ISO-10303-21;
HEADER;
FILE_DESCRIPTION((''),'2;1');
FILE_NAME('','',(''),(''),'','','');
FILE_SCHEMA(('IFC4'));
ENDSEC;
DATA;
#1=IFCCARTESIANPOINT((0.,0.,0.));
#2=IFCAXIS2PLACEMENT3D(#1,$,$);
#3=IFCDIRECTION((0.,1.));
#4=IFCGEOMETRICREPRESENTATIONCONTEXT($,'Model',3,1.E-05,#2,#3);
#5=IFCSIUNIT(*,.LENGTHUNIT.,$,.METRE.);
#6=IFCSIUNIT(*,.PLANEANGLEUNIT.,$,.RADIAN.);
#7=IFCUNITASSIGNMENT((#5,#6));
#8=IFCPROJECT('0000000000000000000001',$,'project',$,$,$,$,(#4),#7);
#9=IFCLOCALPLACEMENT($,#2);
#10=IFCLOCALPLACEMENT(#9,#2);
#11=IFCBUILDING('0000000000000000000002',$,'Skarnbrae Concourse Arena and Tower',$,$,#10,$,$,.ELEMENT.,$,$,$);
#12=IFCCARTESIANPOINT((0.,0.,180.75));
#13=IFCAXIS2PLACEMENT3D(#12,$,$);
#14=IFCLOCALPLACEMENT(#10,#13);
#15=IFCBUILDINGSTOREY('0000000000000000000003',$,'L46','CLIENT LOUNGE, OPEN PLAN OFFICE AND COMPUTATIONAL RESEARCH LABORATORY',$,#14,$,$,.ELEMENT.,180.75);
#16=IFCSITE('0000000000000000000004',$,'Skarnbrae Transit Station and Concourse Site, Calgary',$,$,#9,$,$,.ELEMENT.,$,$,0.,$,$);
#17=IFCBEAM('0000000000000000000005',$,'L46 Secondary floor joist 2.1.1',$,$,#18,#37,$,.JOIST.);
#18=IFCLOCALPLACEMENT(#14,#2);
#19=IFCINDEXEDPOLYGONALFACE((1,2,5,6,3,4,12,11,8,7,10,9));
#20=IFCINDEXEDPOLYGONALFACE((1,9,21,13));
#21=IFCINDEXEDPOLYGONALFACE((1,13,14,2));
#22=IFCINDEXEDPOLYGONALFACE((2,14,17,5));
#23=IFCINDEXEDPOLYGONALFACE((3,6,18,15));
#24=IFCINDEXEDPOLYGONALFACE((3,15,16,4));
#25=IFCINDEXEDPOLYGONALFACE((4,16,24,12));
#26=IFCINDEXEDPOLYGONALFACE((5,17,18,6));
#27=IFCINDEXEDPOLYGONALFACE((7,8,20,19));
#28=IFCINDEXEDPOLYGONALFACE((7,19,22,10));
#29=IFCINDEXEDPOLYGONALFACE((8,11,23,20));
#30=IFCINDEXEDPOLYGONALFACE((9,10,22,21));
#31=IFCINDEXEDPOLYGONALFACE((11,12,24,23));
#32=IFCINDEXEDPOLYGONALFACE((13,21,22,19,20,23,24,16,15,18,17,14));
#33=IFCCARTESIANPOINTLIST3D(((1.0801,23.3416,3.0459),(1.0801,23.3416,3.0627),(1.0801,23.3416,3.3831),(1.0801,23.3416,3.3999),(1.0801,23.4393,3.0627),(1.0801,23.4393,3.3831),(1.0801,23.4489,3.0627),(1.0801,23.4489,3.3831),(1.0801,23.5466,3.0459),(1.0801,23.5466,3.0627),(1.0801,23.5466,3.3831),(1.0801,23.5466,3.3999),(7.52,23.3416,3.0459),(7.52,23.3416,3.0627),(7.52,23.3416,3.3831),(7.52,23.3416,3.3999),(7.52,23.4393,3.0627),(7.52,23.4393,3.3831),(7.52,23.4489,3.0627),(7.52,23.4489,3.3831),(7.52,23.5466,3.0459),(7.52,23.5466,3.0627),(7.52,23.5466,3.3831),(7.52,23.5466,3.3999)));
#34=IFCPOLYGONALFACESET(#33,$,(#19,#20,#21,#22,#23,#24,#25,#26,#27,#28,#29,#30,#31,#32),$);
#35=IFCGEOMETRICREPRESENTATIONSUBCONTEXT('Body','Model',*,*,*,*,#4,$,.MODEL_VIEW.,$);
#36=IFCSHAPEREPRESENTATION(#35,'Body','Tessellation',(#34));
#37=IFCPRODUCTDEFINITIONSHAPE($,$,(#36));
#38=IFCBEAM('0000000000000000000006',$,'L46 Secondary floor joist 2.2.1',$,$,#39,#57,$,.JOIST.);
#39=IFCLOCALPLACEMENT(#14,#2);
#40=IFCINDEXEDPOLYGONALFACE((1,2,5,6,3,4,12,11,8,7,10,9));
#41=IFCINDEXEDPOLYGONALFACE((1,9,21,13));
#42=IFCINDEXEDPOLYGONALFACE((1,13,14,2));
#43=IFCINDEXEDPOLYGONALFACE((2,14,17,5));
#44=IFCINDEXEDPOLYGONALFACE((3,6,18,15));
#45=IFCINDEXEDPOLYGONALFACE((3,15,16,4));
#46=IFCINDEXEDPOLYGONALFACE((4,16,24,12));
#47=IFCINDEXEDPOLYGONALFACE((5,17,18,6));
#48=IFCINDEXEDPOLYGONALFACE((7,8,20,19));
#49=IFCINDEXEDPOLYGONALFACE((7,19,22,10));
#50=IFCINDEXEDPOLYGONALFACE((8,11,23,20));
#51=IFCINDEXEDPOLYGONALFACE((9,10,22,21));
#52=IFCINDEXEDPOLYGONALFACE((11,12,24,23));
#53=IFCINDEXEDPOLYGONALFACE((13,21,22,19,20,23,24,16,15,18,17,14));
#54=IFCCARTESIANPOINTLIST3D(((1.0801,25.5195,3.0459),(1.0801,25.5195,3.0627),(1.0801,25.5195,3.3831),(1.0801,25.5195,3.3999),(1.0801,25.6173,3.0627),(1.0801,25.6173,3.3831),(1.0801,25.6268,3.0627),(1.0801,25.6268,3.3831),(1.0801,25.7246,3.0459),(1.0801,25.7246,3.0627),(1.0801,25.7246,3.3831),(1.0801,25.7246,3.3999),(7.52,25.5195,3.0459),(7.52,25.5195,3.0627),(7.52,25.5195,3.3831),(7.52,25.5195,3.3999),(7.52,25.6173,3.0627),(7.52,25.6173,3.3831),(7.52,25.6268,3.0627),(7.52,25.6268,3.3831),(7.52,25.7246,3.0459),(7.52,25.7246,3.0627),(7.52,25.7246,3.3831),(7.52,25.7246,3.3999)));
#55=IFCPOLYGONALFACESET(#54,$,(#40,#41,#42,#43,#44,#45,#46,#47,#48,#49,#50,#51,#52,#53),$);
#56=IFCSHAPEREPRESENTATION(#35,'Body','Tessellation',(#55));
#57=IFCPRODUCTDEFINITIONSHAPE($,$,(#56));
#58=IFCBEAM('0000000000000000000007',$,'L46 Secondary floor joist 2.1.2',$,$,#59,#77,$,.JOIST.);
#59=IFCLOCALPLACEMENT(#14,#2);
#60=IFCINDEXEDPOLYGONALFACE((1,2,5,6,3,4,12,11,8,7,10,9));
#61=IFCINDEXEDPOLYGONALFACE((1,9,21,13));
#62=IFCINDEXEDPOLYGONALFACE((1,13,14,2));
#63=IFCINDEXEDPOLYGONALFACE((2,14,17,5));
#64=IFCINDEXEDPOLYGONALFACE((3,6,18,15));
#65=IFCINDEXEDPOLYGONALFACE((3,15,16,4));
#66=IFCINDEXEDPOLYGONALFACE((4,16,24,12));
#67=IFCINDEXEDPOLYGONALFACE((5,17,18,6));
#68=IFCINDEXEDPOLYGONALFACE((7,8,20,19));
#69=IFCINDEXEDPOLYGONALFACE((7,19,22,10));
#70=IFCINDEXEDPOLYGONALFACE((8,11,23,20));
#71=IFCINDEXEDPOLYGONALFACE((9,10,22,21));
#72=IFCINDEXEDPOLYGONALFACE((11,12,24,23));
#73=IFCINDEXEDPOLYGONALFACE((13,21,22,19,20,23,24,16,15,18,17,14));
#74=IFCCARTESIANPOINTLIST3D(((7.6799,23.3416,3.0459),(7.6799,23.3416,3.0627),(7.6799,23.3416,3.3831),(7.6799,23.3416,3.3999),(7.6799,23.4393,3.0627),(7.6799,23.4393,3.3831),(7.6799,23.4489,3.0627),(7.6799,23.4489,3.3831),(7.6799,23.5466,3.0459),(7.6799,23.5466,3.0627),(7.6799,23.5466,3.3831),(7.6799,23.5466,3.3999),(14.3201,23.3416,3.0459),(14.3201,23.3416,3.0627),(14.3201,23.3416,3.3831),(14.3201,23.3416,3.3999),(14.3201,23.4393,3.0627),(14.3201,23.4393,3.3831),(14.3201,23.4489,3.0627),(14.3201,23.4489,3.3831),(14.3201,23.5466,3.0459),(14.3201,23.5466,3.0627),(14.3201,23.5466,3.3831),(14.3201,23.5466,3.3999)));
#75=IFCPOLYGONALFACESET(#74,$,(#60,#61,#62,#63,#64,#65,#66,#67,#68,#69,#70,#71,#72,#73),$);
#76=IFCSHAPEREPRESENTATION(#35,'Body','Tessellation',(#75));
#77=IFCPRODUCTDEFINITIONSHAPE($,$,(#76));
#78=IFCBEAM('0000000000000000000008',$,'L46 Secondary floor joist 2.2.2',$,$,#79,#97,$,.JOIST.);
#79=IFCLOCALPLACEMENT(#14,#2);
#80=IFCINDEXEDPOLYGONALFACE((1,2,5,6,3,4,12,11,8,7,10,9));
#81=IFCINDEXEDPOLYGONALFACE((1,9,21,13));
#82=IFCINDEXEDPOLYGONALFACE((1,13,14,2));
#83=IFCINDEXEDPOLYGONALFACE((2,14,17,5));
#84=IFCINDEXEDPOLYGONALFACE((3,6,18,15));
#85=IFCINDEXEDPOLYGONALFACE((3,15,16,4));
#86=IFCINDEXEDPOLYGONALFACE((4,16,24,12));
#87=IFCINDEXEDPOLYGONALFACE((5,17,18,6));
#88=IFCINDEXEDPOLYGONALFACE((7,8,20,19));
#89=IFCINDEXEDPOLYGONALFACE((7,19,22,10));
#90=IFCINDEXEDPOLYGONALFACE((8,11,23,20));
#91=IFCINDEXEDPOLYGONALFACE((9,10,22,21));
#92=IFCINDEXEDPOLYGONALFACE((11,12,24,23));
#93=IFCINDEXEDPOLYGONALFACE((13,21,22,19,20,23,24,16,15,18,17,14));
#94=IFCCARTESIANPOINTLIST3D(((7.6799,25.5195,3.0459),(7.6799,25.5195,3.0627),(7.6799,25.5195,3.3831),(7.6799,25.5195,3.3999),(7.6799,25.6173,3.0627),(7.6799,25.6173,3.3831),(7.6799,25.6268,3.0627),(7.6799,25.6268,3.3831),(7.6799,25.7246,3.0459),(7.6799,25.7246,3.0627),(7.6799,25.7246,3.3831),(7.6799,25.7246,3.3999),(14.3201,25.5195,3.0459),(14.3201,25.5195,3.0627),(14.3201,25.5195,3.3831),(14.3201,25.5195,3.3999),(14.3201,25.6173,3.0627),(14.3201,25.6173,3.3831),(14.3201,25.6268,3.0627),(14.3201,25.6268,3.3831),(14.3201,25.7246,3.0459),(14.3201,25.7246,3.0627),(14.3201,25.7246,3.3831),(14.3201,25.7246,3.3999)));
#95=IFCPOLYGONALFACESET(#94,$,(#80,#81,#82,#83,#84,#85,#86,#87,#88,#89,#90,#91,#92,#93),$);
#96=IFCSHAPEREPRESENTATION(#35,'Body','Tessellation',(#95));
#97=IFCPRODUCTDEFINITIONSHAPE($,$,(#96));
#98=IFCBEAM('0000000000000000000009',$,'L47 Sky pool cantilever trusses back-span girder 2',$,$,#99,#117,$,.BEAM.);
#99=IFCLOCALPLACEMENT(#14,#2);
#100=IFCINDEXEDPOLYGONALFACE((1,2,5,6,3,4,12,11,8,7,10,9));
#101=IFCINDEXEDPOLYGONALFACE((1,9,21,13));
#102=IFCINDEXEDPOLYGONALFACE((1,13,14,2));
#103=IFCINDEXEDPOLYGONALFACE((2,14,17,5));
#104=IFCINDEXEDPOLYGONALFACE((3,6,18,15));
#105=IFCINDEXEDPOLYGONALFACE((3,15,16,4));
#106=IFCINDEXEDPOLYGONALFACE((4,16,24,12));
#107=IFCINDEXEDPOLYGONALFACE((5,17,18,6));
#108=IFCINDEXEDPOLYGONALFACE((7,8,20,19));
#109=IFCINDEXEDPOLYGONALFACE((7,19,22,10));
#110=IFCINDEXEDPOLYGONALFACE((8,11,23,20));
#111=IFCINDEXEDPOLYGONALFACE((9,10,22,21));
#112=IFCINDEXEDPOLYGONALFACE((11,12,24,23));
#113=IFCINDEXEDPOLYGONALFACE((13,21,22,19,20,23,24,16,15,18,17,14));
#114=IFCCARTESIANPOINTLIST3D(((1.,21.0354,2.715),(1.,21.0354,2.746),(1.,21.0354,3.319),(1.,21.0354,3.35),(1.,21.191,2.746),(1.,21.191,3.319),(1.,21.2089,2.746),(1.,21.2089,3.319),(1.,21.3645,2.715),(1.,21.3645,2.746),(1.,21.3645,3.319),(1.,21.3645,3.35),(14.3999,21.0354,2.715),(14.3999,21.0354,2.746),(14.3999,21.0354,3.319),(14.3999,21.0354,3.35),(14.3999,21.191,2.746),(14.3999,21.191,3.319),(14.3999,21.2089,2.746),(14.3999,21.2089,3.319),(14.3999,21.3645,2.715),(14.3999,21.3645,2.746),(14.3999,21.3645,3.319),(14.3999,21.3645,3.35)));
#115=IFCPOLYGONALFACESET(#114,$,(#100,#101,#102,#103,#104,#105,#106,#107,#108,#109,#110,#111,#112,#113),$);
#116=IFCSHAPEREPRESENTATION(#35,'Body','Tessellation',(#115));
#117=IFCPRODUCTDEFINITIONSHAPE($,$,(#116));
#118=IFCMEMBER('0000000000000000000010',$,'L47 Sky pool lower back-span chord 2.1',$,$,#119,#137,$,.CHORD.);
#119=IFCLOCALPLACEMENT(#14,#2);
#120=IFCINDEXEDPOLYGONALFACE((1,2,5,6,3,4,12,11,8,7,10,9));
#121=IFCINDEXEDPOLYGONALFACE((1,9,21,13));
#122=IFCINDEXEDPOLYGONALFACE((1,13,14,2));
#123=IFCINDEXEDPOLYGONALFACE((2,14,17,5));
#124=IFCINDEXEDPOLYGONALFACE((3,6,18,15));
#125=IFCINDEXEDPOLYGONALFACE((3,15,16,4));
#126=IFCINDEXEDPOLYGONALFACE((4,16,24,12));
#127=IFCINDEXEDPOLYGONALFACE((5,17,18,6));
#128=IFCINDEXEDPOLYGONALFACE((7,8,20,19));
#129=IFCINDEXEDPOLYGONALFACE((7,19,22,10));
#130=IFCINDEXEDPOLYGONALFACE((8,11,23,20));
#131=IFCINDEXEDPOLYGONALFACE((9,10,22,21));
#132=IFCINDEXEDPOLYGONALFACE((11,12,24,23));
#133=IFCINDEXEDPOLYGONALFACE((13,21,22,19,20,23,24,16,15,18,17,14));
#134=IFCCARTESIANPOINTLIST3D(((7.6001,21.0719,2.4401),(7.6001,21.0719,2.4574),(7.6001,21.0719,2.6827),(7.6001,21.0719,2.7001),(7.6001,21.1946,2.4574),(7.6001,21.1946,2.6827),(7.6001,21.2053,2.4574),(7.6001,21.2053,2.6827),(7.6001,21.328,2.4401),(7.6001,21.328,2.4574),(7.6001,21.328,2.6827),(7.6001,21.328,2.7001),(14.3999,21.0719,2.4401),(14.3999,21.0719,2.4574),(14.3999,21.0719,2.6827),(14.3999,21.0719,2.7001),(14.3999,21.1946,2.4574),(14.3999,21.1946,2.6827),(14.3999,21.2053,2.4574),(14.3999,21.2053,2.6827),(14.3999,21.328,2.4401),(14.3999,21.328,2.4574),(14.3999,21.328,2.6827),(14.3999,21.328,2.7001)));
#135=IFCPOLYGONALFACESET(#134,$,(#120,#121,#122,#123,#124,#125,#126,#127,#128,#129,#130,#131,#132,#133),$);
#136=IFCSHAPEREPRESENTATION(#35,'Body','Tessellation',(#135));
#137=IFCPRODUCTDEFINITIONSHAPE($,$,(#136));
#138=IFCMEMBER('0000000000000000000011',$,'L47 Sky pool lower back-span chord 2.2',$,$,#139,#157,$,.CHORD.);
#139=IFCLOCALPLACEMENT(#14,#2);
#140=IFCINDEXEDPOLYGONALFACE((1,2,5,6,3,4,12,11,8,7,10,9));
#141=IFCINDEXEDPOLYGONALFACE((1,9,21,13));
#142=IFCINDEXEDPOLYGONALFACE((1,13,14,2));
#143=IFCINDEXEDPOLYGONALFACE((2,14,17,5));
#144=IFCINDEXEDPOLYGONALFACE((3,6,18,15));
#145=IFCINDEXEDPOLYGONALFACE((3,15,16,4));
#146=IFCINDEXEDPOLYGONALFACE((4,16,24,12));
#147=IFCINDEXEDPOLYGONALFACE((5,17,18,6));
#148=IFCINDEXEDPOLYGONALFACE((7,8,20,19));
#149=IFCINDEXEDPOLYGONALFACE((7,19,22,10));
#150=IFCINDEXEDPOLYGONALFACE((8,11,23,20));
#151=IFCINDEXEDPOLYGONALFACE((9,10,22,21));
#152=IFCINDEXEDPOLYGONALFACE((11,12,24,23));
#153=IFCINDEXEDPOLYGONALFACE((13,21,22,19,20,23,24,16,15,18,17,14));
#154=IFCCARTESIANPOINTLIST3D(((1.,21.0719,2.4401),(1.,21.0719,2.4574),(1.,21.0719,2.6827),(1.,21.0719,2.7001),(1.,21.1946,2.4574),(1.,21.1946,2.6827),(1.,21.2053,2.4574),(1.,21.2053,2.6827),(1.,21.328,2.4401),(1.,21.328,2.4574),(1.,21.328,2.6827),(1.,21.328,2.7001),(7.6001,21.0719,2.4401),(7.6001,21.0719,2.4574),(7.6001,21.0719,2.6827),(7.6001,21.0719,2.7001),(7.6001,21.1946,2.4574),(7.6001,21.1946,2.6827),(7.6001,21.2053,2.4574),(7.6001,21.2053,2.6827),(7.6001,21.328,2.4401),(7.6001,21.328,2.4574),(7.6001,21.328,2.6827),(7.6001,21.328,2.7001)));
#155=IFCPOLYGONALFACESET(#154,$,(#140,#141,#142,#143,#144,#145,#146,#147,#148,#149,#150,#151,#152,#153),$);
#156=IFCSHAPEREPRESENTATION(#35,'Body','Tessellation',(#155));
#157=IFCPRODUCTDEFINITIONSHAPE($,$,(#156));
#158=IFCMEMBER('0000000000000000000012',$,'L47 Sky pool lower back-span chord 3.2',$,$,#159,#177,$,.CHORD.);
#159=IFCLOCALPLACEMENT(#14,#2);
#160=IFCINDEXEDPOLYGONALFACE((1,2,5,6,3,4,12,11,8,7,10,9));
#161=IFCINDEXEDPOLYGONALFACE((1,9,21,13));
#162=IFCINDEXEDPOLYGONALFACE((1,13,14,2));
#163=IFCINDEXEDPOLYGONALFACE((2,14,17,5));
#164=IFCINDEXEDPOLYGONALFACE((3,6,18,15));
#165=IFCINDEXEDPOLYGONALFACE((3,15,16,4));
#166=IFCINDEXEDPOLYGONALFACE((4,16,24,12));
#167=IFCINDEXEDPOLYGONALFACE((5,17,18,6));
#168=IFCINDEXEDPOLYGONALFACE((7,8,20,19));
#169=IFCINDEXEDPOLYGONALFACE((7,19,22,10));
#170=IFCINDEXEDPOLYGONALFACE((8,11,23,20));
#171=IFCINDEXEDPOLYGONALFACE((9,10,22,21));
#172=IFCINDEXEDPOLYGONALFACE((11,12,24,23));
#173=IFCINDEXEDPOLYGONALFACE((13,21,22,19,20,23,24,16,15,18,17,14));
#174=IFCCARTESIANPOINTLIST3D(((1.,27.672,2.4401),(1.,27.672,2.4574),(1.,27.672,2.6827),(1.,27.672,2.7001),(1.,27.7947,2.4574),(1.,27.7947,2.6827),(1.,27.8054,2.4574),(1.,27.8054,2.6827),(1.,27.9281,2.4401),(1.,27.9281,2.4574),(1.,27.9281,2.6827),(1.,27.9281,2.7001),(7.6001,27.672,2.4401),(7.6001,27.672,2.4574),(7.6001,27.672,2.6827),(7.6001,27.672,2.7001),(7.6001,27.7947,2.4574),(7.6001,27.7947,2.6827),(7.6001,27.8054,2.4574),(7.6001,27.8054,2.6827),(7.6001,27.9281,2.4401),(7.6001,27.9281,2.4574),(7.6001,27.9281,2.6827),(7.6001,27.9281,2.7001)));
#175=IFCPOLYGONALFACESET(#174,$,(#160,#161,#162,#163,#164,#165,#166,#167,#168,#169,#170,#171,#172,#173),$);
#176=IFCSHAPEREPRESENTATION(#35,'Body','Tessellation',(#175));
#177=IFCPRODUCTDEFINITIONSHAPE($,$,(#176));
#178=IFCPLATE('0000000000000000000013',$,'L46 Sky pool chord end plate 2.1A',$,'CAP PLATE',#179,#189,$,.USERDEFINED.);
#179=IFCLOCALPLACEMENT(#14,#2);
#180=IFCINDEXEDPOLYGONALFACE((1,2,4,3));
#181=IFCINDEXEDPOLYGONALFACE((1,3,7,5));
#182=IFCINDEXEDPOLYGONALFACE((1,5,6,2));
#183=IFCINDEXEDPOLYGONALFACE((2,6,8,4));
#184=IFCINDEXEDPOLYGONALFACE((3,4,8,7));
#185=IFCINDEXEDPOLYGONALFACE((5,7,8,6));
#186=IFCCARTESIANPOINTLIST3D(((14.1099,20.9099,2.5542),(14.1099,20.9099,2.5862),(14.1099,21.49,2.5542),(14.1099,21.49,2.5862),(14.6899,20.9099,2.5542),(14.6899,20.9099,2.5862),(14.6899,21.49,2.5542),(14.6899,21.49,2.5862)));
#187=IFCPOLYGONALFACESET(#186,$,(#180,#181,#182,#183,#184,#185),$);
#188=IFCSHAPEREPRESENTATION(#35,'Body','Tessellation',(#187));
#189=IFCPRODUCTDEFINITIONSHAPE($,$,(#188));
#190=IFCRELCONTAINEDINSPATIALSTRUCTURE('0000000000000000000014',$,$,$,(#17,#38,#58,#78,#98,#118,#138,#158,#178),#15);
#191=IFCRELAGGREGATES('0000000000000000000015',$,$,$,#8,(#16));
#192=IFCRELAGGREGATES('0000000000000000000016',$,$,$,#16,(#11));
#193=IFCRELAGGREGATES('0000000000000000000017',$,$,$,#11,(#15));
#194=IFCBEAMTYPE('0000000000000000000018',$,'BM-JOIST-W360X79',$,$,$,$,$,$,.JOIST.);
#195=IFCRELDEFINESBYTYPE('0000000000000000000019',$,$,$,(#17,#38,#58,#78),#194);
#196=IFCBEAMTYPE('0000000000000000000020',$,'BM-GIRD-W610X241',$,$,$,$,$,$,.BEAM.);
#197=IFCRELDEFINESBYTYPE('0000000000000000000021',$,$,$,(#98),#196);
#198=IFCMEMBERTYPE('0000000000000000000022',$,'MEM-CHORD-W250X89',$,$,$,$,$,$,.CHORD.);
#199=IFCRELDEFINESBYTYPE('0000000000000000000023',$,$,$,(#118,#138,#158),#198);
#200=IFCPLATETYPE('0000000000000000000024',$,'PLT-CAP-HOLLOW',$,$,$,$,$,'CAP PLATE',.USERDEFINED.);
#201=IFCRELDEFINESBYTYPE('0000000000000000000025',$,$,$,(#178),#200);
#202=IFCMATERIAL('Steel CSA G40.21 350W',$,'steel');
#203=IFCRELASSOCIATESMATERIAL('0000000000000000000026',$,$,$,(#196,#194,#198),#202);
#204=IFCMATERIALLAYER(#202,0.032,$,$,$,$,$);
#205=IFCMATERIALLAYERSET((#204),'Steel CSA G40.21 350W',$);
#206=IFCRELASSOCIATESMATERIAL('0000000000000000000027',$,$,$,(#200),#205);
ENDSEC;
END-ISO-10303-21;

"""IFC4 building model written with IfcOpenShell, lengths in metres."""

from ifc_helpers import new_model, si_unit, direction, frame, origin, origin_2d, place, context, subcontext, project, spatial, rectangle, i_section, extrude, source, transform, mapped, material, layer, layer_set, material_profile, profile_set, type_object, element, save


model = new_model("IFC4")

# Units and contexts
model_context = context("Model", 3, precision=1e-05, world=origin(), true_north=direction((0.0, 1.0)))
body_context = subcontext(model_context, "Body", "Model", "MODEL_VIEW")
ifc_project = project(units=[si_unit("LENGTHUNIT", "METRE"), si_unit("PLANEANGLEUNIT", "RADIAN")], contexts=[model_context])

# Site, building, storey
site_placement = place(None, origin())
site = spatial("IfcSite", under=ifc_project, at=site_placement, Name="Skarnbrae Transit Station and Concourse Site, Calgary", CompositionType="ELEMENT", RefElevation=0.0)
building_placement = place(site_placement, origin())
building = spatial("IfcBuilding", under=site, at=building_placement, Name="Skarnbrae Concourse Arena and Tower", CompositionType="ELEMENT")
storey_placement = place(building_placement, frame((0.0, 0.0, 180.75)))
storey = spatial("IfcBuildingStorey", under=building, at=storey_placement, Name="L46", Description="CLIENT LOUNGE, OPEN PLAN OFFICE AND COMPUTATIONAL RESEARCH LABORATORY", CompositionType="ELEMENT", Elevation=180.75)

# Shared definitions
ifc_material_1 = material(Name="Steel CSA G40.21 350W", Category="steel")

# Beams
ifc_material_profile_1 = material_profile(ifc_material_1, i_section(OverallWidth=0.3291, OverallDepth=0.635, WebThickness=0.0178, FlangeThickness=0.031, at=origin_2d()), Name="W610X241")
ifc_profile_set_1 = profile_set([ifc_material_profile_1], Name="Steel CSA G40.21 350W")
beam_type_1 = type_object("IfcBeamType", Name="BM-GIRD-W610X241", PredefinedType="BEAM", material=ifc_profile_set_1)
ifc_material_profile_2 = material_profile(ifc_material_1, i_section(OverallWidth=0.2051, OverallDepth=0.354, WebThickness=0.0095, FlangeThickness=0.0168, at=origin_2d()), Name="W360X79")
ifc_profile_set_2 = profile_set([ifc_material_profile_2], Name="Steel CSA G40.21 350W")
beam_type_2 = type_object("IfcBeamType", Name="BM-JOIST-W360X79", PredefinedType="JOIST", material=ifc_profile_set_2)
shared_shape_1 = source(origin(), body_context, "Body", "SweptSolid", [
    extrude(i_section(OverallWidth=0.2051, OverallDepth=0.354, WebThickness=0.0095, FlangeThickness=0.0168, at=origin_2d()), origin(), (0.0, 0.0, 1.0), 6.4399),
])
for number, where, z_axis, x_axis, name in (
    (1, (1.0801, 23.4441, 3.2229), (1.0, 0.0, 0.0), (0.0, 1.0, 0.0), "L46 Secondary floor joist 2.1.1"),
    (2, (1.0801, 25.6221, 3.2229), (1.0, 0.0, 0.0), (0.0, 1.0, 0.0), "L46 Secondary floor joist 2.2.1"),
):
    element("IfcBeam", number, at=place(storey_placement, frame(where, z_axis=z_axis, x_axis=x_axis)), inside=storey, type_object=beam_type_2, Name=name, PredefinedType="JOIST", context=body_context, shape_type="MappedRepresentation", body=[
        mapped(shared_shape_1, transform((0.0, 0.0, 0.0))),
    ])
shared_shape_2 = source(origin(), body_context, "Body", "SweptSolid", [
    extrude(i_section(OverallWidth=0.2051, OverallDepth=0.354, WebThickness=0.0095, FlangeThickness=0.0168, at=origin_2d()), origin(), (0.0, 0.0, 1.0), 6.6401),
])
for number, where, z_axis, x_axis, name in (
    (3, (7.6799, 23.4441, 3.2229), (1.0, 0.0, 0.0), (0.0, 1.0, 0.0), "L46 Secondary floor joist 2.1.2"),
    (4, (7.6799, 25.6221, 3.2229), (1.0, 0.0, 0.0), (0.0, 1.0, 0.0), "L46 Secondary floor joist 2.2.2"),
):
    element("IfcBeam", number, at=place(storey_placement, frame(where, z_axis=z_axis, x_axis=x_axis)), inside=storey, type_object=beam_type_2, Name=name, PredefinedType="JOIST", context=body_context, shape_type="MappedRepresentation", body=[
        mapped(shared_shape_2, transform((0.0, 0.0, 0.0))),
    ])
shared_shape_3 = source(origin(), body_context, "Body", "SweptSolid", [
    extrude(i_section(OverallWidth=0.3291, OverallDepth=0.635, WebThickness=0.0178, FlangeThickness=0.031, at=origin_2d()), origin(), (0.0, 0.0, 1.0), 13.3999),
])
beam_1_placement = place(storey_placement, frame((14.3999, 21.2, 3.0325), z_axis=(-1.0, 0.0, 0.0), x_axis=(0.0, -1.0, 0.0)))
element("IfcBeam", 5, at=beam_1_placement, inside=storey, type_object=beam_type_1, Name="L47 Sky pool cantilever trusses back-span girder 2", PredefinedType="BEAM", context=body_context, shape_type="MappedRepresentation", body=[
    mapped(shared_shape_3, transform((0.0, 0.0, 0.0))),
])

# Members
ifc_material_profile_3 = material_profile(ifc_material_1, i_section(OverallWidth=0.2561, OverallDepth=0.26, WebThickness=0.0107, FlangeThickness=0.0173, at=origin_2d()), Name="W250X89")
ifc_profile_set_3 = profile_set([ifc_material_profile_3], Name="Steel CSA G40.21 350W")
member_type = type_object("IfcMemberType", Name="MEM-CHORD-W250X89", PredefinedType="CHORD", material=ifc_profile_set_3)
shared_shape_4 = source(origin(), body_context, "Body", "SweptSolid", [
    extrude(i_section(OverallWidth=0.2561, OverallDepth=0.26, WebThickness=0.0107, FlangeThickness=0.0173, at=origin_2d()), origin(), (0.0, 0.0, 1.0), 6.7998),
])
member_placement = place(storey_placement, frame((14.3999, 21.2, 2.5701), z_axis=(-1.0, 0.0, 0.0), x_axis=(0.0, -1.0, 0.0)))
element("IfcMember", 6, at=member_placement, inside=storey, type_object=member_type, Name="L47 Sky pool lower back-span chord 2.1", PredefinedType="CHORD", context=body_context, shape_type="MappedRepresentation", body=[
    mapped(shared_shape_4, transform((0.0, 0.0, 0.0))),
])
shared_shape_5 = source(origin(), body_context, "Body", "SweptSolid", [
    extrude(i_section(OverallWidth=0.2561, OverallDepth=0.26, WebThickness=0.0107, FlangeThickness=0.0173, at=origin_2d()), origin(), (0.0, 0.0, 1.0), 6.6001),
])
for number, where, z_axis, x_axis, name in (
    (7, (7.6001, 21.2, 2.5701), (-1.0, 0.0, 0.0), (0.0, -1.0, 0.0), "L47 Sky pool lower back-span chord 2.2"),
    (8, (7.6001, 27.8, 2.5701), (-1.0, 0.0, 0.0), (0.0, -1.0, 0.0), "L47 Sky pool lower back-span chord 3.2"),
):
    element("IfcMember", number, at=place(storey_placement, frame(where, z_axis=z_axis, x_axis=x_axis)), inside=storey, type_object=member_type, Name=name, PredefinedType="CHORD", context=body_context, shape_type="MappedRepresentation", body=[
        mapped(shared_shape_5, transform((0.0, 0.0, 0.0))),
    ])

# Plate
ifc_layer_1 = layer(ifc_material_1, 0.032)
ifc_layer_set_1 = layer_set([ifc_layer_1], Name="Steel CSA G40.21 350W")
plate_type = type_object("IfcPlateType", Name="PLT-CAP-HOLLOW", ElementType="CAP PLATE", PredefinedType="USERDEFINED", material=ifc_layer_set_1)
shared_shape_6 = source(origin(), body_context, "Body", "SweptSolid", [
    extrude(rectangle(XDim=0.5801, YDim=0.5801, at=origin_2d()), origin(), (0.0, 0.0, 1.0), 0.032),
])
for number, where, z_axis, x_axis, name in (
    (9, (14.3999, 21.2, 2.5542), (0.0, 0.0, 1.0), (1.0, 0.0, 0.0), "L46 Sky pool chord end plate 2.1A"),
):
    element("IfcPlate", number, at=place(storey_placement, frame(where, z_axis=z_axis, x_axis=x_axis)), inside=storey, type_object=plate_type, Name=name, ObjectType="CAP PLATE", PredefinedType="USERDEFINED", context=body_context, shape_type="MappedRepresentation", body=[
        mapped(shared_shape_6, transform((0.0, 0.0, 0.0))),
    ])

save(model, "model.ifc")
